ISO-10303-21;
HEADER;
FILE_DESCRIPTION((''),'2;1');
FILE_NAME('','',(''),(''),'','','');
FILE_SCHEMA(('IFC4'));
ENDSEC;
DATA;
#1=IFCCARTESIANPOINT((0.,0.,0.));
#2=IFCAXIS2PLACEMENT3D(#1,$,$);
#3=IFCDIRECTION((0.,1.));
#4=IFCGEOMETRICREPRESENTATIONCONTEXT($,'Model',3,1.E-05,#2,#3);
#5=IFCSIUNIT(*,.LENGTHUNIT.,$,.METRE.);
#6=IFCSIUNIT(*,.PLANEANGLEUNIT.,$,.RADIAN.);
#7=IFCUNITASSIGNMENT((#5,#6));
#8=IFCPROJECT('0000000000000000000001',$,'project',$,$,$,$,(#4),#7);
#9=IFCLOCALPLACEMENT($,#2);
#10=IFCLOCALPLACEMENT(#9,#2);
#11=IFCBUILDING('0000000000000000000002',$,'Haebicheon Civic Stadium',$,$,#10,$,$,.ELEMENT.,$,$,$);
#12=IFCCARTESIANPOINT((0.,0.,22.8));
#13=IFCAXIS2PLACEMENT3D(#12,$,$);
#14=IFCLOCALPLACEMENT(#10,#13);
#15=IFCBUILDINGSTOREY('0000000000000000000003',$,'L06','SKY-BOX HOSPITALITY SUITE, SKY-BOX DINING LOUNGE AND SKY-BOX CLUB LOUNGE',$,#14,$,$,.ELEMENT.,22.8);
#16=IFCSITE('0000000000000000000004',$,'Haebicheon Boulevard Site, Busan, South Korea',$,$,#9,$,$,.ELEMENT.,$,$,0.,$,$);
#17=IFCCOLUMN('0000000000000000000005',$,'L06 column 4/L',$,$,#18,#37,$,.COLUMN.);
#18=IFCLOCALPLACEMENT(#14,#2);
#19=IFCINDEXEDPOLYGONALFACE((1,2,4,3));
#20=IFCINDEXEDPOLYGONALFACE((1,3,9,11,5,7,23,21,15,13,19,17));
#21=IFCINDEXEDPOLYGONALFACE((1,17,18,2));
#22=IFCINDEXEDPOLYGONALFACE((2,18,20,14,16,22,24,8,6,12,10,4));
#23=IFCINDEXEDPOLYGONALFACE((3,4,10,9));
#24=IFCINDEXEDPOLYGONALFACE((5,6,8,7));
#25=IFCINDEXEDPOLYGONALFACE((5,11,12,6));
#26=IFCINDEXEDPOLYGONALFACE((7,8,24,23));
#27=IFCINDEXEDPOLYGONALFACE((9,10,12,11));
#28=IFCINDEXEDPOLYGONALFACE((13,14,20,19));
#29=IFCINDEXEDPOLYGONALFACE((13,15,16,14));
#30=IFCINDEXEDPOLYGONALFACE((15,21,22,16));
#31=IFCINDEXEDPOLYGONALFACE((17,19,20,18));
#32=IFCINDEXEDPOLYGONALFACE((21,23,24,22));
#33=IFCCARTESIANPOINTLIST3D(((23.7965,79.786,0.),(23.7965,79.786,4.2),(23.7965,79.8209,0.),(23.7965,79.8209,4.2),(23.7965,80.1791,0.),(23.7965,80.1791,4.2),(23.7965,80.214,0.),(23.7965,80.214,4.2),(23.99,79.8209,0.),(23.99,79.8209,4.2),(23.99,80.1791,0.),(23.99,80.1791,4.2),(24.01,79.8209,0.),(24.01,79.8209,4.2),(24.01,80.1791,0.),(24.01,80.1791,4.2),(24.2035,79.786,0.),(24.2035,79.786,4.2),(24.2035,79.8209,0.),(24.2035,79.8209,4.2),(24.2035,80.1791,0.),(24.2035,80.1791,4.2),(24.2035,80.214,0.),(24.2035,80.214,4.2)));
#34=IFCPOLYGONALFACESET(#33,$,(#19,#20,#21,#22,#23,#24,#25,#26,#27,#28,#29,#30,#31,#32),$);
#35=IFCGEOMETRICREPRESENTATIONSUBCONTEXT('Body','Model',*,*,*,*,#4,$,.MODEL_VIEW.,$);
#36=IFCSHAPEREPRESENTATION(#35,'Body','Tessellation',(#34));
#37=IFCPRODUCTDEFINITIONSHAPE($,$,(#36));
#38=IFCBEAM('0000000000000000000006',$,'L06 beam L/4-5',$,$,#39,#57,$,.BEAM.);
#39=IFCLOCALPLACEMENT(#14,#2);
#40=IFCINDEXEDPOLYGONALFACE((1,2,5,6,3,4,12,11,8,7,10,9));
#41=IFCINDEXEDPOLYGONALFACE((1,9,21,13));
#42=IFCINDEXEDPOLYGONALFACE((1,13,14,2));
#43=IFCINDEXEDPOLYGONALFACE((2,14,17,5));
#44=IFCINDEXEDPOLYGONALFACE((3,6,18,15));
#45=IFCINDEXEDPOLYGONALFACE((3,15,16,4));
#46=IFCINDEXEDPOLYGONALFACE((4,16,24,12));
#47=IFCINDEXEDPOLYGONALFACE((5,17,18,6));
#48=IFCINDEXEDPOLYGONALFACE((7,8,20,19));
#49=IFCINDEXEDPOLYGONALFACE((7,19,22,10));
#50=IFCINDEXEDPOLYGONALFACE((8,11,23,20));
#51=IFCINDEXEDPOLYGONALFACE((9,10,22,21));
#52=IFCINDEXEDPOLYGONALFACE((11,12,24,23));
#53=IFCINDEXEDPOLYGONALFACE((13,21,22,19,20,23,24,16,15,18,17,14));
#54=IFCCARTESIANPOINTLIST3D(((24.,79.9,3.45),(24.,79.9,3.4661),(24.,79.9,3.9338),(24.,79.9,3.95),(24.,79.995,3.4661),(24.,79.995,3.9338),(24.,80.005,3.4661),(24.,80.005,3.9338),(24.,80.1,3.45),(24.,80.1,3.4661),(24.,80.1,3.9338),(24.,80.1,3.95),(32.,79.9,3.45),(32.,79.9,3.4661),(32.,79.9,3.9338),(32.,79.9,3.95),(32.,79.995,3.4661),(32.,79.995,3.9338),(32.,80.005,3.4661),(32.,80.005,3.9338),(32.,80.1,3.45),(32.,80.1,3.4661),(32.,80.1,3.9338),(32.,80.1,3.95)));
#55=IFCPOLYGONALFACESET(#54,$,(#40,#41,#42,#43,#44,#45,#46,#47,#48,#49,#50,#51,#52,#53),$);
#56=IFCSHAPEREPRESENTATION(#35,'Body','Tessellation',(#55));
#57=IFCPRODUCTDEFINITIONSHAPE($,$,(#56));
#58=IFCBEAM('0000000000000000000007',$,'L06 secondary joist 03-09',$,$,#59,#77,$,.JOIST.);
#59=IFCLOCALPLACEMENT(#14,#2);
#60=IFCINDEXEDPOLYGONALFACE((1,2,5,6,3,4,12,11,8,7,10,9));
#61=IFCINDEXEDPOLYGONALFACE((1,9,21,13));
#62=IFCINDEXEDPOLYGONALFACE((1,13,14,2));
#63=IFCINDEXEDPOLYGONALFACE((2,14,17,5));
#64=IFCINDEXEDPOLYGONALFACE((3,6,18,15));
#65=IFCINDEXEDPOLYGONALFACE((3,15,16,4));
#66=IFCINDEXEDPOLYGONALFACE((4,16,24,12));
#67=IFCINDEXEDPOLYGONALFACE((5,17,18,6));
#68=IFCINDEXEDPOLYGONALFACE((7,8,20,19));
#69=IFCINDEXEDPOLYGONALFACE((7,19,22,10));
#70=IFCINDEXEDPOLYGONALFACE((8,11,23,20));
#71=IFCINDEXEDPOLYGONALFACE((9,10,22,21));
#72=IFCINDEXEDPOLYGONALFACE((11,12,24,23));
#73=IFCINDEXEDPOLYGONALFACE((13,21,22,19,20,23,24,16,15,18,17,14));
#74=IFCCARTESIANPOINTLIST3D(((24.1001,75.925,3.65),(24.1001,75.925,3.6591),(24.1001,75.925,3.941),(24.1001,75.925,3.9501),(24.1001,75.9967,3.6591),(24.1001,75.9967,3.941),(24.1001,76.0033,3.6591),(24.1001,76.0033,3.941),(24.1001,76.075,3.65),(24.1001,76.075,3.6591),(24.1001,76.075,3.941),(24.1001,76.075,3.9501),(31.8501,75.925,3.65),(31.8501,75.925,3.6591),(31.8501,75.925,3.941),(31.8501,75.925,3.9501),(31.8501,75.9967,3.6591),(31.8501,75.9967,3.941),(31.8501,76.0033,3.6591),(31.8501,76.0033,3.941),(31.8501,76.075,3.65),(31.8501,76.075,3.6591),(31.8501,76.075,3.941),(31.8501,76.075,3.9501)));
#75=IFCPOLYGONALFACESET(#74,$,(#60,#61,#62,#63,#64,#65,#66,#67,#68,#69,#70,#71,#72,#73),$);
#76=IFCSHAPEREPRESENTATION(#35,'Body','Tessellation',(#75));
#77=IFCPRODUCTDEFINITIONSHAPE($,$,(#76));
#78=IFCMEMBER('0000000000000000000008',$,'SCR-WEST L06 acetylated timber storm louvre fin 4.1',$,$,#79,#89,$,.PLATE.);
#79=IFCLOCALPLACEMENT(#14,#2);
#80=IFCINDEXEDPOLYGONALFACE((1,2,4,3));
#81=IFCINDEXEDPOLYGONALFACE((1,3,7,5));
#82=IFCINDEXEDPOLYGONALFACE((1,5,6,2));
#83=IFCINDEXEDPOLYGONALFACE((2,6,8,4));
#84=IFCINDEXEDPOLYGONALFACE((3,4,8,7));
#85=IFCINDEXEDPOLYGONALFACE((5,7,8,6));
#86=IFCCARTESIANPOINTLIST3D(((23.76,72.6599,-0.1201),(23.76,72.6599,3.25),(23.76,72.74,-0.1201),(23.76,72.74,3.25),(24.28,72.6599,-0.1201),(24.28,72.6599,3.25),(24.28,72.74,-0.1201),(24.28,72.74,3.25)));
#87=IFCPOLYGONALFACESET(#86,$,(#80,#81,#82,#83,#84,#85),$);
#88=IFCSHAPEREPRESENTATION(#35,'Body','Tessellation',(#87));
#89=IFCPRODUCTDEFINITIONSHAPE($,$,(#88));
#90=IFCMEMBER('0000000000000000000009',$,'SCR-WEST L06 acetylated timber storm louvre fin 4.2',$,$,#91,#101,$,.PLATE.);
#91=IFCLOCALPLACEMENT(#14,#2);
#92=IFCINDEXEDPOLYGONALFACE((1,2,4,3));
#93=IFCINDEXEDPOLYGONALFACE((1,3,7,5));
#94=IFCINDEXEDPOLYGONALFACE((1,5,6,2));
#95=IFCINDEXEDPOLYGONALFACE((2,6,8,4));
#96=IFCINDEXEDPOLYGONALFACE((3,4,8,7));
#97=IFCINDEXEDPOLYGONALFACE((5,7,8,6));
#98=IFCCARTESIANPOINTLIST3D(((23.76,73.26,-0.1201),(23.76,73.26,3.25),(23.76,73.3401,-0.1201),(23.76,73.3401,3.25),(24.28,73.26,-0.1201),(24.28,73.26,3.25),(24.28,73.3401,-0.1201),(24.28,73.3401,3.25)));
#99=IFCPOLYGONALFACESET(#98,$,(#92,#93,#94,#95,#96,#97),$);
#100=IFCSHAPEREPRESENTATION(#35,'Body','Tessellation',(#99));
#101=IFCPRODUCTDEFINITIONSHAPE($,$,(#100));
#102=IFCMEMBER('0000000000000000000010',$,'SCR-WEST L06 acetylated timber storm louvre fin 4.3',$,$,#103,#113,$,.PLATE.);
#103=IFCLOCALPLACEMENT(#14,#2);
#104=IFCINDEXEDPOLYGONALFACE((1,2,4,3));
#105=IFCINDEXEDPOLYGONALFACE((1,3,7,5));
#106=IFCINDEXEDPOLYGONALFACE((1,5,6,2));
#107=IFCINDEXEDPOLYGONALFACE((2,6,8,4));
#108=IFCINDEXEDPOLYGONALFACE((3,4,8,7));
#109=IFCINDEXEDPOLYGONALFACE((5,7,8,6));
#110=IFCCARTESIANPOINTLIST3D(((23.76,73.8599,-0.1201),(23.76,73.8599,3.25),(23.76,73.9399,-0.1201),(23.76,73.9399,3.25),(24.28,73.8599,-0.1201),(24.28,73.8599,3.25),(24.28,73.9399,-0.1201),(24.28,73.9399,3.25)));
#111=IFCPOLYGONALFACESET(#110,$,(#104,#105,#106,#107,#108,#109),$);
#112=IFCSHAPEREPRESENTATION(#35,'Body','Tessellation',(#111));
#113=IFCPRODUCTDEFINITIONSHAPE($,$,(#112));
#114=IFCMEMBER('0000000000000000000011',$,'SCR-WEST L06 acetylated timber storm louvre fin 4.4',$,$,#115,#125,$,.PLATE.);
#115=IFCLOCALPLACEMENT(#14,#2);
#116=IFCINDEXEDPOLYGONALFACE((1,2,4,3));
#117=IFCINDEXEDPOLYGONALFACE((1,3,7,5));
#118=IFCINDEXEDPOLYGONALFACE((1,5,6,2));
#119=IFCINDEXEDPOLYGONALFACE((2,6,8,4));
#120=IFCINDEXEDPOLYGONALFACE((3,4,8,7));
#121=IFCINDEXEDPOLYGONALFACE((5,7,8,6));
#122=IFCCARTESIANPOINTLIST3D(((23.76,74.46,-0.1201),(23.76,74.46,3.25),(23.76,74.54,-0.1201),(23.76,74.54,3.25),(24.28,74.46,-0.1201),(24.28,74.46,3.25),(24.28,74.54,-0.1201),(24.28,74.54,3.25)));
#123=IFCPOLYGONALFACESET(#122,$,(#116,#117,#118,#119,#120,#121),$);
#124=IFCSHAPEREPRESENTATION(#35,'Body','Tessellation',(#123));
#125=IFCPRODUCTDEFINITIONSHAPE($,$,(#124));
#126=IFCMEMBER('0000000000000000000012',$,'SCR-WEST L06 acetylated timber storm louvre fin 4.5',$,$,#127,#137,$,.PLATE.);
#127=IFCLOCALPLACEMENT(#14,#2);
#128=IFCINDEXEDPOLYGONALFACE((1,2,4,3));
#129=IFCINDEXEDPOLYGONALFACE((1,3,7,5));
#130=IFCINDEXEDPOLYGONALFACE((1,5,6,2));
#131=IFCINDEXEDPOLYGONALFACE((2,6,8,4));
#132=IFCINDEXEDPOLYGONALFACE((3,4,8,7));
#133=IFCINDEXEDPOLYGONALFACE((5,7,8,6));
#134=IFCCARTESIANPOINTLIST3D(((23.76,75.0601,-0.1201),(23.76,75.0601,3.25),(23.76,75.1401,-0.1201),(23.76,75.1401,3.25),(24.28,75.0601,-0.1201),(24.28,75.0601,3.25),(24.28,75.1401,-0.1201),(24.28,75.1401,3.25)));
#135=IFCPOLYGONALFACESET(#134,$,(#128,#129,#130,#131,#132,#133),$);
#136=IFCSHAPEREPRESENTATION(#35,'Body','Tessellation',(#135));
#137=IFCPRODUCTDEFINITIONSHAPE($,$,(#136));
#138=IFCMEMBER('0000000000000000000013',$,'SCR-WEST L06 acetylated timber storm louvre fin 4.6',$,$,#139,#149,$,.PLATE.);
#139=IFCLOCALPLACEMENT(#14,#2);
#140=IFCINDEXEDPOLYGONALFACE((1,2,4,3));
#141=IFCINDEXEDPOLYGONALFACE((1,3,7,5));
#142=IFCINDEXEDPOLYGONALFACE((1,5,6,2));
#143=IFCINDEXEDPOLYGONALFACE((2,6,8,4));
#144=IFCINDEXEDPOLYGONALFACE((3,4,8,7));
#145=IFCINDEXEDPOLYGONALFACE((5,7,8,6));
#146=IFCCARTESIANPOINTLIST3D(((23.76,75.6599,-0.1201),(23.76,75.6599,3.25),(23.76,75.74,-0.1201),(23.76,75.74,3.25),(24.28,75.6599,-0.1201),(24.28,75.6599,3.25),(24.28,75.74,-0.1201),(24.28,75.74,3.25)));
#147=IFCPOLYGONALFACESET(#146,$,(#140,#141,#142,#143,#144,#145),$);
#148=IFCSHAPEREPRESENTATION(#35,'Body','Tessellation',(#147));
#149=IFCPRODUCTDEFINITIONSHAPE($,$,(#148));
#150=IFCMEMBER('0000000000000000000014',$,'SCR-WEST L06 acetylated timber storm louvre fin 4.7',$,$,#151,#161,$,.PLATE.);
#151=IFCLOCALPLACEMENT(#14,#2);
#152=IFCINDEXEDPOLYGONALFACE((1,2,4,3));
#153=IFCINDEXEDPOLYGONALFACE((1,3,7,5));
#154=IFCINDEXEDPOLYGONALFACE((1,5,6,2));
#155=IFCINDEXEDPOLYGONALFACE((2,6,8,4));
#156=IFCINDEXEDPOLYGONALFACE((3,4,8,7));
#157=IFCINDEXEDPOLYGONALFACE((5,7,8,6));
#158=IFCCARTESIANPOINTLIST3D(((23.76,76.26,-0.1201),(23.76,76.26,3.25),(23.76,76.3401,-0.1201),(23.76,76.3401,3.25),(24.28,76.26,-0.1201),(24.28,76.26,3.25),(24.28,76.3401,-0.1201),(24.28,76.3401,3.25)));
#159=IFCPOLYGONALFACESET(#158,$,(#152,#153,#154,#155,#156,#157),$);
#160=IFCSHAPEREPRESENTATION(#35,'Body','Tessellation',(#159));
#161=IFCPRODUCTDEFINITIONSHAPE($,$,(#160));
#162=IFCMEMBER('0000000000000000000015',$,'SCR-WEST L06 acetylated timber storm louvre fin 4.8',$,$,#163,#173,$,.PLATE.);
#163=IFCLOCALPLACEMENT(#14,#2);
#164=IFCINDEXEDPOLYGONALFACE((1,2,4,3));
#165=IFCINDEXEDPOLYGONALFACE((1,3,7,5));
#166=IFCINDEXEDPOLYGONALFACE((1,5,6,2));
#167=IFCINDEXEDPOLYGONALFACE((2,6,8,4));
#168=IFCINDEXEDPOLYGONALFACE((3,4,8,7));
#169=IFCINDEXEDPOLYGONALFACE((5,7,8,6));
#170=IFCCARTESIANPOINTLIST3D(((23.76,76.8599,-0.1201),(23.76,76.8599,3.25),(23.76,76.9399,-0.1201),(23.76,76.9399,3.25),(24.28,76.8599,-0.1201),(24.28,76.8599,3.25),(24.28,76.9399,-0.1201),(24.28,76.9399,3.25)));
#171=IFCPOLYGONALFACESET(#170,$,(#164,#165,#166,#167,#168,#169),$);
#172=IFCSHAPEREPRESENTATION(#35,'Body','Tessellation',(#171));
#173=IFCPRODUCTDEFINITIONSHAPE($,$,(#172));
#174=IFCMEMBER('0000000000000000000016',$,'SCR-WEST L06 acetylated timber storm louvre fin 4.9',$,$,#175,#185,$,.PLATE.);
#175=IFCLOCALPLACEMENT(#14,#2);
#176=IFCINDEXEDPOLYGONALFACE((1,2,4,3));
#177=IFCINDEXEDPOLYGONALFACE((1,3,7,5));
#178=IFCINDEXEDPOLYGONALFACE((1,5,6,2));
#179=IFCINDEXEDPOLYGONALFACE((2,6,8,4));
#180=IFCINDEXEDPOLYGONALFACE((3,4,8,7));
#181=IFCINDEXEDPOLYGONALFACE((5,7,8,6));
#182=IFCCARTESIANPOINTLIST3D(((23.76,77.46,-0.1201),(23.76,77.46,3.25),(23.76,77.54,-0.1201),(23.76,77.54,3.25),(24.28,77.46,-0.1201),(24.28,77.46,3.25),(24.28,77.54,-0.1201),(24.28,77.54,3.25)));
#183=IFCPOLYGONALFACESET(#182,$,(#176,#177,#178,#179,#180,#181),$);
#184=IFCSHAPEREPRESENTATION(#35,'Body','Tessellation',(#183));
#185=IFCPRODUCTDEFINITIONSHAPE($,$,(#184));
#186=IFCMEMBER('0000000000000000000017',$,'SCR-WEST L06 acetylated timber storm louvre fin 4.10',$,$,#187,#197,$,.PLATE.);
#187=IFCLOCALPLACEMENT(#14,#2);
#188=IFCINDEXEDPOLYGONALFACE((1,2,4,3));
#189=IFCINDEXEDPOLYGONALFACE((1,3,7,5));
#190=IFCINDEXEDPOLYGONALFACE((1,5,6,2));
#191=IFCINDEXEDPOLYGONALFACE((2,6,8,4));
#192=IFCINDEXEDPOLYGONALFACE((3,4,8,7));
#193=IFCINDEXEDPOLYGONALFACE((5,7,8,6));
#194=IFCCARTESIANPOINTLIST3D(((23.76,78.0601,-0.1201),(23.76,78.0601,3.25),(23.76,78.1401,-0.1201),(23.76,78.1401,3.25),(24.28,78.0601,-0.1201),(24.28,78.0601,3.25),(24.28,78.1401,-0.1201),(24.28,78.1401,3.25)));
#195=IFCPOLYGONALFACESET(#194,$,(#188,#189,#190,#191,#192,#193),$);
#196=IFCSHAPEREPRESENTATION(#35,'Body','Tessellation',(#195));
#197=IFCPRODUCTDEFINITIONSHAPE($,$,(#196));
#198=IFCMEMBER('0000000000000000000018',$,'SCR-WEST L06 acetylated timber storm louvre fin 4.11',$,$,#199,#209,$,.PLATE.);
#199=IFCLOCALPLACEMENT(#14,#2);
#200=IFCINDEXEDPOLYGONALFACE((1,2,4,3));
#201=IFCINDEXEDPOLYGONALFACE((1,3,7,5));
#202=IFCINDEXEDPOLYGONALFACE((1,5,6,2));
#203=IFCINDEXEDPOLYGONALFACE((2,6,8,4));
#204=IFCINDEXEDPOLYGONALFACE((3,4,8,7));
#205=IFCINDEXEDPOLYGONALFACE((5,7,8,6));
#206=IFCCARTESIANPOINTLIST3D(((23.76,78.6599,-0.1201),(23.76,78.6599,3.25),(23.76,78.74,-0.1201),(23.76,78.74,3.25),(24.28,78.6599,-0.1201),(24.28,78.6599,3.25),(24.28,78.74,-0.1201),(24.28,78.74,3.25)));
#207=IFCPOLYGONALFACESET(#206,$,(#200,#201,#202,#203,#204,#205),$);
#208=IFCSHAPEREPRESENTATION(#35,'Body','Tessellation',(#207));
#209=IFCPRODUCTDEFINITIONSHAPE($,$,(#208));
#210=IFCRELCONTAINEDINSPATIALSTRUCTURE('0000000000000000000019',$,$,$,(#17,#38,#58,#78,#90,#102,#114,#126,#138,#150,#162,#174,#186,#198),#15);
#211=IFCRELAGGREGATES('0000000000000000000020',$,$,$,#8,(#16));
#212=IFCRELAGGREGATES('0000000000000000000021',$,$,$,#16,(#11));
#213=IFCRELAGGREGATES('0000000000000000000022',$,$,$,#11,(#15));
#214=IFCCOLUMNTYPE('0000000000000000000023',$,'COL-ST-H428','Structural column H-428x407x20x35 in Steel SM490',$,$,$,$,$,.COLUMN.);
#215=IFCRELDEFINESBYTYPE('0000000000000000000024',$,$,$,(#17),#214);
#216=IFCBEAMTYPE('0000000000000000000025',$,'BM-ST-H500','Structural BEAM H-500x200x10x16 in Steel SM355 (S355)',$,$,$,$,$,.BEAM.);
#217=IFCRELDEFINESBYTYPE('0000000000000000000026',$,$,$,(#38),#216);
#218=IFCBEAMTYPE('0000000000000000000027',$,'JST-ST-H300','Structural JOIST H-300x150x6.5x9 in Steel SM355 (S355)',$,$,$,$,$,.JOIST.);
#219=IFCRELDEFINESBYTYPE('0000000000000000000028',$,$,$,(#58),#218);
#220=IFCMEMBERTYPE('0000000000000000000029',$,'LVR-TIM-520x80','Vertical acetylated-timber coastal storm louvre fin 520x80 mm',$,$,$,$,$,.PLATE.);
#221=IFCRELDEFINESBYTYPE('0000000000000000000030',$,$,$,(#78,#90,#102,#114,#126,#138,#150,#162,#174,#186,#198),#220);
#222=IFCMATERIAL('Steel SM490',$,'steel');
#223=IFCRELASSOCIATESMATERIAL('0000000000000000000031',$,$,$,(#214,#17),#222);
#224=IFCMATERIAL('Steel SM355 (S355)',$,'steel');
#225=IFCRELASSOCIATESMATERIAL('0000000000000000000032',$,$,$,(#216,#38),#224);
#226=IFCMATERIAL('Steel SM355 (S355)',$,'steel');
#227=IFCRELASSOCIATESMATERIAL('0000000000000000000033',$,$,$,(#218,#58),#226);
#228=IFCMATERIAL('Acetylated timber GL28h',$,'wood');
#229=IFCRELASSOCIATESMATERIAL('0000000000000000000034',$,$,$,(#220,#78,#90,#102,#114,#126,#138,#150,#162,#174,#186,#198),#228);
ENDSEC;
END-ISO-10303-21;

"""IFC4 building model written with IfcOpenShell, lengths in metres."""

from ifc_helpers import new_model, si_unit, direction, frame, origin, origin_2d, place, context, subcontext, project, spatial, rectangle, i_section, extrude, material, material_profile, profile_set, type_object, element, save


model = new_model("IFC4")

# Units and contexts
model_context = context("Model", 3, precision=1e-05, world=origin(), true_north=direction((0.0, 1.0)))
body_context = subcontext(model_context, "Body", "Model", "MODEL_VIEW")
ifc_project = project(units=[si_unit("LENGTHUNIT", "METRE"), si_unit("PLANEANGLEUNIT", "RADIAN")], contexts=[model_context])

# Site, building, storey
site_placement = place(None, origin())
site = spatial("IfcSite", under=ifc_project, at=site_placement, Name="Haebicheon Boulevard Site, Busan, South Korea", CompositionType="ELEMENT", RefElevation=0.0)
building_placement = place(site_placement, origin())
building = spatial("IfcBuilding", under=site, at=building_placement, Name="Haebicheon Civic Stadium", CompositionType="ELEMENT")
storey_placement = place(building_placement, frame((0.0, 0.0, 22.8)))
storey = spatial("IfcBuildingStorey", under=building, at=storey_placement, Name="L06", Description="SKY-BOX HOSPITALITY SUITE, SKY-BOX DINING LOUNGE AND SKY-BOX CLUB LOUNGE", CompositionType="ELEMENT", Elevation=22.8)

# Column
ifc_material_1 = material(Name="Steel SM490", Category="steel")
ifc_material_profile_1 = material_profile(ifc_material_1, i_section(OverallWidth=0.407, OverallDepth=0.428, WebThickness=0.02, FlangeThickness=0.0349, at=origin_2d()), Name="H-428x407x20x35")
ifc_profile_set_1 = profile_set([ifc_material_profile_1], Name="Steel SM490")
column_type = type_object("IfcColumnType", Name="COL-ST-H428", Description="Structural column H-428x407x20x35 in Steel SM490", PredefinedType="COLUMN", material=ifc_profile_set_1)
column_placement = place(storey_placement, frame((24.0, 80.0, 0.0), z_axis=(0.0, 0.0, 1.0), x_axis=(1.0, 0.0, 0.0)))
element("IfcColumn", 1, at=column_placement, inside=storey, type_object=column_type, material=ifc_profile_set_1, Name="L06 column 4/L", PredefinedType="COLUMN", context=body_context, shape_type="SweptSolid", body=[
    extrude(i_section(OverallWidth=0.407, OverallDepth=0.428, WebThickness=0.02, FlangeThickness=0.0349, at=origin_2d()), origin(), (0.0, 0.0, 1.0), 4.2),
])

# Beams
ifc_material_2 = material(Name="Steel SM355 (S355)", Category="steel")
ifc_material_profile_2 = material_profile(ifc_material_2, i_section(OverallWidth=0.2, OverallDepth=0.5, WebThickness=0.01, FlangeThickness=0.0161, at=origin_2d()), Name="H-500x200x10x16")
ifc_profile_set_2 = profile_set([ifc_material_profile_2], Name="Steel SM355 (S355)")
beam_type_1 = type_object("IfcBeamType", Name="BM-ST-H500", Description="Structural BEAM H-500x200x10x16 in Steel SM355 (S355)", PredefinedType="BEAM", material=ifc_profile_set_2)
beam_1_placement = place(storey_placement, frame((24.0, 80.0, 3.7), z_axis=(1.0, 0.0, 0.0), x_axis=(0.0, 1.0, 0.0)))
element("IfcBeam", 2, at=beam_1_placement, inside=storey, type_object=beam_type_1, material=ifc_profile_set_2, Name="L06 beam L/4-5", PredefinedType="BEAM", context=body_context, shape_type="SweptSolid", body=[
    extrude(i_section(OverallWidth=0.2, OverallDepth=0.5, WebThickness=0.01, FlangeThickness=0.0161, at=origin_2d()), origin(), (0.0, 0.0, 1.0), 8.0),
])
ifc_material_3 = material(Name="Steel SM355 (S355)", Category="steel")
ifc_material_profile_3 = material_profile(ifc_material_3, i_section(OverallWidth=0.1499, OverallDepth=0.3, WebThickness=0.0066, FlangeThickness=0.009, at=origin_2d()), Name="H-300x150x6.5x9")
ifc_profile_set_3 = profile_set([ifc_material_profile_3], Name="Steel SM355 (S355)")
beam_type_2 = type_object("IfcBeamType", Name="JST-ST-H300", Description="Structural JOIST H-300x150x6.5x9 in Steel SM355 (S355)", PredefinedType="JOIST", material=ifc_profile_set_3)
beam_2_placement = place(storey_placement, frame((24.1001, 76.0, 3.8), z_axis=(1.0, 0.0, 0.0), x_axis=(0.0, 1.0, 0.0)))
element("IfcBeam", 3, at=beam_2_placement, inside=storey, type_object=beam_type_2, material=ifc_profile_set_3, Name="L06 secondary joist 03-09", PredefinedType="JOIST", context=body_context, shape_type="SweptSolid", body=[
    extrude(i_section(OverallWidth=0.1499, OverallDepth=0.3, WebThickness=0.0066, FlangeThickness=0.009, at=origin_2d()), origin(), (0.0, 0.0, 1.0), 7.75),
])

# Members
ifc_material_4 = material(Name="Acetylated timber GL28h", Category="wood")
ifc_material_profile_4 = material_profile(ifc_material_4, rectangle(XDim=0.0801, YDim=0.52, at=origin_2d()), Name="TMB-LOUV-80x520")
ifc_profile_set_4 = profile_set([ifc_material_profile_4], Name="Acetylated timber GL28h")
member_type_1 = type_object("IfcMemberType", Name="LVR-TIM-520x80", Description="Vertical acetylated-timber coastal storm louvre fin 520x80 mm", PredefinedType="PLATE", material=ifc_profile_set_4)
for number, where, z_axis, x_axis, name in (
    (4, (24.02, 72.7, -0.1201), (0.0, 0.0, 1.0), (0.0, 1.0, 0.0), "SCR-WEST L06 acetylated timber storm louvre fin 4.1"),
    (5, (24.02, 73.3, -0.1201), (0.0, 0.0, 1.0), (0.0, 1.0, 0.0), "SCR-WEST L06 acetylated timber storm louvre fin 4.2"),
    (6, (24.02, 73.8999, -0.1201), (0.0, 0.0, 1.0), (0.0, 1.0, 0.0), "SCR-WEST L06 acetylated timber storm louvre fin 4.3"),
    (7, (24.02, 74.5, -0.1201), (0.0, 0.0, 1.0), (0.0, 1.0, 0.0), "SCR-WEST L06 acetylated timber storm louvre fin 4.4"),
    (8, (24.02, 75.1001, -0.1201), (0.0, 0.0, 1.0), (0.0, 1.0, 0.0), "SCR-WEST L06 acetylated timber storm louvre fin 4.5"),
    (9, (24.02, 75.7, -0.1201), (0.0, 0.0, 1.0), (0.0, 1.0, 0.0), "SCR-WEST L06 acetylated timber storm louvre fin 4.6"),
    (10, (24.02, 76.3, -0.1201), (0.0, 0.0, 1.0), (0.0, 1.0, 0.0), "SCR-WEST L06 acetylated timber storm louvre fin 4.7"),
    (11, (24.02, 76.8999, -0.1201), (0.0, 0.0, 1.0), (0.0, 1.0, 0.0), "SCR-WEST L06 acetylated timber storm louvre fin 4.8"),
    (12, (24.02, 77.5, -0.1201), (0.0, 0.0, 1.0), (0.0, 1.0, 0.0), "SCR-WEST L06 acetylated timber storm louvre fin 4.9"),
    (13, (24.02, 78.1001, -0.1201), (0.0, 0.0, 1.0), (0.0, 1.0, 0.0), "SCR-WEST L06 acetylated timber storm louvre fin 4.10"),
    (14, (24.02, 78.7, -0.1201), (0.0, 0.0, 1.0), (0.0, 1.0, 0.0), "SCR-WEST L06 acetylated timber storm louvre fin 4.11"),
):
    element("IfcMember", number, at=place(storey_placement, frame(where, z_axis=z_axis, x_axis=x_axis)), inside=storey, type_object=member_type_1, material=ifc_profile_set_4, Name=name, PredefinedType="PLATE", context=body_context, shape_type="SweptSolid", body=[
        extrude(rectangle(XDim=0.0801, YDim=0.52, at=origin_2d()), origin(), (0.0, 0.0, 1.0), 3.3701),
    ])

save(model, "model.ifc")
